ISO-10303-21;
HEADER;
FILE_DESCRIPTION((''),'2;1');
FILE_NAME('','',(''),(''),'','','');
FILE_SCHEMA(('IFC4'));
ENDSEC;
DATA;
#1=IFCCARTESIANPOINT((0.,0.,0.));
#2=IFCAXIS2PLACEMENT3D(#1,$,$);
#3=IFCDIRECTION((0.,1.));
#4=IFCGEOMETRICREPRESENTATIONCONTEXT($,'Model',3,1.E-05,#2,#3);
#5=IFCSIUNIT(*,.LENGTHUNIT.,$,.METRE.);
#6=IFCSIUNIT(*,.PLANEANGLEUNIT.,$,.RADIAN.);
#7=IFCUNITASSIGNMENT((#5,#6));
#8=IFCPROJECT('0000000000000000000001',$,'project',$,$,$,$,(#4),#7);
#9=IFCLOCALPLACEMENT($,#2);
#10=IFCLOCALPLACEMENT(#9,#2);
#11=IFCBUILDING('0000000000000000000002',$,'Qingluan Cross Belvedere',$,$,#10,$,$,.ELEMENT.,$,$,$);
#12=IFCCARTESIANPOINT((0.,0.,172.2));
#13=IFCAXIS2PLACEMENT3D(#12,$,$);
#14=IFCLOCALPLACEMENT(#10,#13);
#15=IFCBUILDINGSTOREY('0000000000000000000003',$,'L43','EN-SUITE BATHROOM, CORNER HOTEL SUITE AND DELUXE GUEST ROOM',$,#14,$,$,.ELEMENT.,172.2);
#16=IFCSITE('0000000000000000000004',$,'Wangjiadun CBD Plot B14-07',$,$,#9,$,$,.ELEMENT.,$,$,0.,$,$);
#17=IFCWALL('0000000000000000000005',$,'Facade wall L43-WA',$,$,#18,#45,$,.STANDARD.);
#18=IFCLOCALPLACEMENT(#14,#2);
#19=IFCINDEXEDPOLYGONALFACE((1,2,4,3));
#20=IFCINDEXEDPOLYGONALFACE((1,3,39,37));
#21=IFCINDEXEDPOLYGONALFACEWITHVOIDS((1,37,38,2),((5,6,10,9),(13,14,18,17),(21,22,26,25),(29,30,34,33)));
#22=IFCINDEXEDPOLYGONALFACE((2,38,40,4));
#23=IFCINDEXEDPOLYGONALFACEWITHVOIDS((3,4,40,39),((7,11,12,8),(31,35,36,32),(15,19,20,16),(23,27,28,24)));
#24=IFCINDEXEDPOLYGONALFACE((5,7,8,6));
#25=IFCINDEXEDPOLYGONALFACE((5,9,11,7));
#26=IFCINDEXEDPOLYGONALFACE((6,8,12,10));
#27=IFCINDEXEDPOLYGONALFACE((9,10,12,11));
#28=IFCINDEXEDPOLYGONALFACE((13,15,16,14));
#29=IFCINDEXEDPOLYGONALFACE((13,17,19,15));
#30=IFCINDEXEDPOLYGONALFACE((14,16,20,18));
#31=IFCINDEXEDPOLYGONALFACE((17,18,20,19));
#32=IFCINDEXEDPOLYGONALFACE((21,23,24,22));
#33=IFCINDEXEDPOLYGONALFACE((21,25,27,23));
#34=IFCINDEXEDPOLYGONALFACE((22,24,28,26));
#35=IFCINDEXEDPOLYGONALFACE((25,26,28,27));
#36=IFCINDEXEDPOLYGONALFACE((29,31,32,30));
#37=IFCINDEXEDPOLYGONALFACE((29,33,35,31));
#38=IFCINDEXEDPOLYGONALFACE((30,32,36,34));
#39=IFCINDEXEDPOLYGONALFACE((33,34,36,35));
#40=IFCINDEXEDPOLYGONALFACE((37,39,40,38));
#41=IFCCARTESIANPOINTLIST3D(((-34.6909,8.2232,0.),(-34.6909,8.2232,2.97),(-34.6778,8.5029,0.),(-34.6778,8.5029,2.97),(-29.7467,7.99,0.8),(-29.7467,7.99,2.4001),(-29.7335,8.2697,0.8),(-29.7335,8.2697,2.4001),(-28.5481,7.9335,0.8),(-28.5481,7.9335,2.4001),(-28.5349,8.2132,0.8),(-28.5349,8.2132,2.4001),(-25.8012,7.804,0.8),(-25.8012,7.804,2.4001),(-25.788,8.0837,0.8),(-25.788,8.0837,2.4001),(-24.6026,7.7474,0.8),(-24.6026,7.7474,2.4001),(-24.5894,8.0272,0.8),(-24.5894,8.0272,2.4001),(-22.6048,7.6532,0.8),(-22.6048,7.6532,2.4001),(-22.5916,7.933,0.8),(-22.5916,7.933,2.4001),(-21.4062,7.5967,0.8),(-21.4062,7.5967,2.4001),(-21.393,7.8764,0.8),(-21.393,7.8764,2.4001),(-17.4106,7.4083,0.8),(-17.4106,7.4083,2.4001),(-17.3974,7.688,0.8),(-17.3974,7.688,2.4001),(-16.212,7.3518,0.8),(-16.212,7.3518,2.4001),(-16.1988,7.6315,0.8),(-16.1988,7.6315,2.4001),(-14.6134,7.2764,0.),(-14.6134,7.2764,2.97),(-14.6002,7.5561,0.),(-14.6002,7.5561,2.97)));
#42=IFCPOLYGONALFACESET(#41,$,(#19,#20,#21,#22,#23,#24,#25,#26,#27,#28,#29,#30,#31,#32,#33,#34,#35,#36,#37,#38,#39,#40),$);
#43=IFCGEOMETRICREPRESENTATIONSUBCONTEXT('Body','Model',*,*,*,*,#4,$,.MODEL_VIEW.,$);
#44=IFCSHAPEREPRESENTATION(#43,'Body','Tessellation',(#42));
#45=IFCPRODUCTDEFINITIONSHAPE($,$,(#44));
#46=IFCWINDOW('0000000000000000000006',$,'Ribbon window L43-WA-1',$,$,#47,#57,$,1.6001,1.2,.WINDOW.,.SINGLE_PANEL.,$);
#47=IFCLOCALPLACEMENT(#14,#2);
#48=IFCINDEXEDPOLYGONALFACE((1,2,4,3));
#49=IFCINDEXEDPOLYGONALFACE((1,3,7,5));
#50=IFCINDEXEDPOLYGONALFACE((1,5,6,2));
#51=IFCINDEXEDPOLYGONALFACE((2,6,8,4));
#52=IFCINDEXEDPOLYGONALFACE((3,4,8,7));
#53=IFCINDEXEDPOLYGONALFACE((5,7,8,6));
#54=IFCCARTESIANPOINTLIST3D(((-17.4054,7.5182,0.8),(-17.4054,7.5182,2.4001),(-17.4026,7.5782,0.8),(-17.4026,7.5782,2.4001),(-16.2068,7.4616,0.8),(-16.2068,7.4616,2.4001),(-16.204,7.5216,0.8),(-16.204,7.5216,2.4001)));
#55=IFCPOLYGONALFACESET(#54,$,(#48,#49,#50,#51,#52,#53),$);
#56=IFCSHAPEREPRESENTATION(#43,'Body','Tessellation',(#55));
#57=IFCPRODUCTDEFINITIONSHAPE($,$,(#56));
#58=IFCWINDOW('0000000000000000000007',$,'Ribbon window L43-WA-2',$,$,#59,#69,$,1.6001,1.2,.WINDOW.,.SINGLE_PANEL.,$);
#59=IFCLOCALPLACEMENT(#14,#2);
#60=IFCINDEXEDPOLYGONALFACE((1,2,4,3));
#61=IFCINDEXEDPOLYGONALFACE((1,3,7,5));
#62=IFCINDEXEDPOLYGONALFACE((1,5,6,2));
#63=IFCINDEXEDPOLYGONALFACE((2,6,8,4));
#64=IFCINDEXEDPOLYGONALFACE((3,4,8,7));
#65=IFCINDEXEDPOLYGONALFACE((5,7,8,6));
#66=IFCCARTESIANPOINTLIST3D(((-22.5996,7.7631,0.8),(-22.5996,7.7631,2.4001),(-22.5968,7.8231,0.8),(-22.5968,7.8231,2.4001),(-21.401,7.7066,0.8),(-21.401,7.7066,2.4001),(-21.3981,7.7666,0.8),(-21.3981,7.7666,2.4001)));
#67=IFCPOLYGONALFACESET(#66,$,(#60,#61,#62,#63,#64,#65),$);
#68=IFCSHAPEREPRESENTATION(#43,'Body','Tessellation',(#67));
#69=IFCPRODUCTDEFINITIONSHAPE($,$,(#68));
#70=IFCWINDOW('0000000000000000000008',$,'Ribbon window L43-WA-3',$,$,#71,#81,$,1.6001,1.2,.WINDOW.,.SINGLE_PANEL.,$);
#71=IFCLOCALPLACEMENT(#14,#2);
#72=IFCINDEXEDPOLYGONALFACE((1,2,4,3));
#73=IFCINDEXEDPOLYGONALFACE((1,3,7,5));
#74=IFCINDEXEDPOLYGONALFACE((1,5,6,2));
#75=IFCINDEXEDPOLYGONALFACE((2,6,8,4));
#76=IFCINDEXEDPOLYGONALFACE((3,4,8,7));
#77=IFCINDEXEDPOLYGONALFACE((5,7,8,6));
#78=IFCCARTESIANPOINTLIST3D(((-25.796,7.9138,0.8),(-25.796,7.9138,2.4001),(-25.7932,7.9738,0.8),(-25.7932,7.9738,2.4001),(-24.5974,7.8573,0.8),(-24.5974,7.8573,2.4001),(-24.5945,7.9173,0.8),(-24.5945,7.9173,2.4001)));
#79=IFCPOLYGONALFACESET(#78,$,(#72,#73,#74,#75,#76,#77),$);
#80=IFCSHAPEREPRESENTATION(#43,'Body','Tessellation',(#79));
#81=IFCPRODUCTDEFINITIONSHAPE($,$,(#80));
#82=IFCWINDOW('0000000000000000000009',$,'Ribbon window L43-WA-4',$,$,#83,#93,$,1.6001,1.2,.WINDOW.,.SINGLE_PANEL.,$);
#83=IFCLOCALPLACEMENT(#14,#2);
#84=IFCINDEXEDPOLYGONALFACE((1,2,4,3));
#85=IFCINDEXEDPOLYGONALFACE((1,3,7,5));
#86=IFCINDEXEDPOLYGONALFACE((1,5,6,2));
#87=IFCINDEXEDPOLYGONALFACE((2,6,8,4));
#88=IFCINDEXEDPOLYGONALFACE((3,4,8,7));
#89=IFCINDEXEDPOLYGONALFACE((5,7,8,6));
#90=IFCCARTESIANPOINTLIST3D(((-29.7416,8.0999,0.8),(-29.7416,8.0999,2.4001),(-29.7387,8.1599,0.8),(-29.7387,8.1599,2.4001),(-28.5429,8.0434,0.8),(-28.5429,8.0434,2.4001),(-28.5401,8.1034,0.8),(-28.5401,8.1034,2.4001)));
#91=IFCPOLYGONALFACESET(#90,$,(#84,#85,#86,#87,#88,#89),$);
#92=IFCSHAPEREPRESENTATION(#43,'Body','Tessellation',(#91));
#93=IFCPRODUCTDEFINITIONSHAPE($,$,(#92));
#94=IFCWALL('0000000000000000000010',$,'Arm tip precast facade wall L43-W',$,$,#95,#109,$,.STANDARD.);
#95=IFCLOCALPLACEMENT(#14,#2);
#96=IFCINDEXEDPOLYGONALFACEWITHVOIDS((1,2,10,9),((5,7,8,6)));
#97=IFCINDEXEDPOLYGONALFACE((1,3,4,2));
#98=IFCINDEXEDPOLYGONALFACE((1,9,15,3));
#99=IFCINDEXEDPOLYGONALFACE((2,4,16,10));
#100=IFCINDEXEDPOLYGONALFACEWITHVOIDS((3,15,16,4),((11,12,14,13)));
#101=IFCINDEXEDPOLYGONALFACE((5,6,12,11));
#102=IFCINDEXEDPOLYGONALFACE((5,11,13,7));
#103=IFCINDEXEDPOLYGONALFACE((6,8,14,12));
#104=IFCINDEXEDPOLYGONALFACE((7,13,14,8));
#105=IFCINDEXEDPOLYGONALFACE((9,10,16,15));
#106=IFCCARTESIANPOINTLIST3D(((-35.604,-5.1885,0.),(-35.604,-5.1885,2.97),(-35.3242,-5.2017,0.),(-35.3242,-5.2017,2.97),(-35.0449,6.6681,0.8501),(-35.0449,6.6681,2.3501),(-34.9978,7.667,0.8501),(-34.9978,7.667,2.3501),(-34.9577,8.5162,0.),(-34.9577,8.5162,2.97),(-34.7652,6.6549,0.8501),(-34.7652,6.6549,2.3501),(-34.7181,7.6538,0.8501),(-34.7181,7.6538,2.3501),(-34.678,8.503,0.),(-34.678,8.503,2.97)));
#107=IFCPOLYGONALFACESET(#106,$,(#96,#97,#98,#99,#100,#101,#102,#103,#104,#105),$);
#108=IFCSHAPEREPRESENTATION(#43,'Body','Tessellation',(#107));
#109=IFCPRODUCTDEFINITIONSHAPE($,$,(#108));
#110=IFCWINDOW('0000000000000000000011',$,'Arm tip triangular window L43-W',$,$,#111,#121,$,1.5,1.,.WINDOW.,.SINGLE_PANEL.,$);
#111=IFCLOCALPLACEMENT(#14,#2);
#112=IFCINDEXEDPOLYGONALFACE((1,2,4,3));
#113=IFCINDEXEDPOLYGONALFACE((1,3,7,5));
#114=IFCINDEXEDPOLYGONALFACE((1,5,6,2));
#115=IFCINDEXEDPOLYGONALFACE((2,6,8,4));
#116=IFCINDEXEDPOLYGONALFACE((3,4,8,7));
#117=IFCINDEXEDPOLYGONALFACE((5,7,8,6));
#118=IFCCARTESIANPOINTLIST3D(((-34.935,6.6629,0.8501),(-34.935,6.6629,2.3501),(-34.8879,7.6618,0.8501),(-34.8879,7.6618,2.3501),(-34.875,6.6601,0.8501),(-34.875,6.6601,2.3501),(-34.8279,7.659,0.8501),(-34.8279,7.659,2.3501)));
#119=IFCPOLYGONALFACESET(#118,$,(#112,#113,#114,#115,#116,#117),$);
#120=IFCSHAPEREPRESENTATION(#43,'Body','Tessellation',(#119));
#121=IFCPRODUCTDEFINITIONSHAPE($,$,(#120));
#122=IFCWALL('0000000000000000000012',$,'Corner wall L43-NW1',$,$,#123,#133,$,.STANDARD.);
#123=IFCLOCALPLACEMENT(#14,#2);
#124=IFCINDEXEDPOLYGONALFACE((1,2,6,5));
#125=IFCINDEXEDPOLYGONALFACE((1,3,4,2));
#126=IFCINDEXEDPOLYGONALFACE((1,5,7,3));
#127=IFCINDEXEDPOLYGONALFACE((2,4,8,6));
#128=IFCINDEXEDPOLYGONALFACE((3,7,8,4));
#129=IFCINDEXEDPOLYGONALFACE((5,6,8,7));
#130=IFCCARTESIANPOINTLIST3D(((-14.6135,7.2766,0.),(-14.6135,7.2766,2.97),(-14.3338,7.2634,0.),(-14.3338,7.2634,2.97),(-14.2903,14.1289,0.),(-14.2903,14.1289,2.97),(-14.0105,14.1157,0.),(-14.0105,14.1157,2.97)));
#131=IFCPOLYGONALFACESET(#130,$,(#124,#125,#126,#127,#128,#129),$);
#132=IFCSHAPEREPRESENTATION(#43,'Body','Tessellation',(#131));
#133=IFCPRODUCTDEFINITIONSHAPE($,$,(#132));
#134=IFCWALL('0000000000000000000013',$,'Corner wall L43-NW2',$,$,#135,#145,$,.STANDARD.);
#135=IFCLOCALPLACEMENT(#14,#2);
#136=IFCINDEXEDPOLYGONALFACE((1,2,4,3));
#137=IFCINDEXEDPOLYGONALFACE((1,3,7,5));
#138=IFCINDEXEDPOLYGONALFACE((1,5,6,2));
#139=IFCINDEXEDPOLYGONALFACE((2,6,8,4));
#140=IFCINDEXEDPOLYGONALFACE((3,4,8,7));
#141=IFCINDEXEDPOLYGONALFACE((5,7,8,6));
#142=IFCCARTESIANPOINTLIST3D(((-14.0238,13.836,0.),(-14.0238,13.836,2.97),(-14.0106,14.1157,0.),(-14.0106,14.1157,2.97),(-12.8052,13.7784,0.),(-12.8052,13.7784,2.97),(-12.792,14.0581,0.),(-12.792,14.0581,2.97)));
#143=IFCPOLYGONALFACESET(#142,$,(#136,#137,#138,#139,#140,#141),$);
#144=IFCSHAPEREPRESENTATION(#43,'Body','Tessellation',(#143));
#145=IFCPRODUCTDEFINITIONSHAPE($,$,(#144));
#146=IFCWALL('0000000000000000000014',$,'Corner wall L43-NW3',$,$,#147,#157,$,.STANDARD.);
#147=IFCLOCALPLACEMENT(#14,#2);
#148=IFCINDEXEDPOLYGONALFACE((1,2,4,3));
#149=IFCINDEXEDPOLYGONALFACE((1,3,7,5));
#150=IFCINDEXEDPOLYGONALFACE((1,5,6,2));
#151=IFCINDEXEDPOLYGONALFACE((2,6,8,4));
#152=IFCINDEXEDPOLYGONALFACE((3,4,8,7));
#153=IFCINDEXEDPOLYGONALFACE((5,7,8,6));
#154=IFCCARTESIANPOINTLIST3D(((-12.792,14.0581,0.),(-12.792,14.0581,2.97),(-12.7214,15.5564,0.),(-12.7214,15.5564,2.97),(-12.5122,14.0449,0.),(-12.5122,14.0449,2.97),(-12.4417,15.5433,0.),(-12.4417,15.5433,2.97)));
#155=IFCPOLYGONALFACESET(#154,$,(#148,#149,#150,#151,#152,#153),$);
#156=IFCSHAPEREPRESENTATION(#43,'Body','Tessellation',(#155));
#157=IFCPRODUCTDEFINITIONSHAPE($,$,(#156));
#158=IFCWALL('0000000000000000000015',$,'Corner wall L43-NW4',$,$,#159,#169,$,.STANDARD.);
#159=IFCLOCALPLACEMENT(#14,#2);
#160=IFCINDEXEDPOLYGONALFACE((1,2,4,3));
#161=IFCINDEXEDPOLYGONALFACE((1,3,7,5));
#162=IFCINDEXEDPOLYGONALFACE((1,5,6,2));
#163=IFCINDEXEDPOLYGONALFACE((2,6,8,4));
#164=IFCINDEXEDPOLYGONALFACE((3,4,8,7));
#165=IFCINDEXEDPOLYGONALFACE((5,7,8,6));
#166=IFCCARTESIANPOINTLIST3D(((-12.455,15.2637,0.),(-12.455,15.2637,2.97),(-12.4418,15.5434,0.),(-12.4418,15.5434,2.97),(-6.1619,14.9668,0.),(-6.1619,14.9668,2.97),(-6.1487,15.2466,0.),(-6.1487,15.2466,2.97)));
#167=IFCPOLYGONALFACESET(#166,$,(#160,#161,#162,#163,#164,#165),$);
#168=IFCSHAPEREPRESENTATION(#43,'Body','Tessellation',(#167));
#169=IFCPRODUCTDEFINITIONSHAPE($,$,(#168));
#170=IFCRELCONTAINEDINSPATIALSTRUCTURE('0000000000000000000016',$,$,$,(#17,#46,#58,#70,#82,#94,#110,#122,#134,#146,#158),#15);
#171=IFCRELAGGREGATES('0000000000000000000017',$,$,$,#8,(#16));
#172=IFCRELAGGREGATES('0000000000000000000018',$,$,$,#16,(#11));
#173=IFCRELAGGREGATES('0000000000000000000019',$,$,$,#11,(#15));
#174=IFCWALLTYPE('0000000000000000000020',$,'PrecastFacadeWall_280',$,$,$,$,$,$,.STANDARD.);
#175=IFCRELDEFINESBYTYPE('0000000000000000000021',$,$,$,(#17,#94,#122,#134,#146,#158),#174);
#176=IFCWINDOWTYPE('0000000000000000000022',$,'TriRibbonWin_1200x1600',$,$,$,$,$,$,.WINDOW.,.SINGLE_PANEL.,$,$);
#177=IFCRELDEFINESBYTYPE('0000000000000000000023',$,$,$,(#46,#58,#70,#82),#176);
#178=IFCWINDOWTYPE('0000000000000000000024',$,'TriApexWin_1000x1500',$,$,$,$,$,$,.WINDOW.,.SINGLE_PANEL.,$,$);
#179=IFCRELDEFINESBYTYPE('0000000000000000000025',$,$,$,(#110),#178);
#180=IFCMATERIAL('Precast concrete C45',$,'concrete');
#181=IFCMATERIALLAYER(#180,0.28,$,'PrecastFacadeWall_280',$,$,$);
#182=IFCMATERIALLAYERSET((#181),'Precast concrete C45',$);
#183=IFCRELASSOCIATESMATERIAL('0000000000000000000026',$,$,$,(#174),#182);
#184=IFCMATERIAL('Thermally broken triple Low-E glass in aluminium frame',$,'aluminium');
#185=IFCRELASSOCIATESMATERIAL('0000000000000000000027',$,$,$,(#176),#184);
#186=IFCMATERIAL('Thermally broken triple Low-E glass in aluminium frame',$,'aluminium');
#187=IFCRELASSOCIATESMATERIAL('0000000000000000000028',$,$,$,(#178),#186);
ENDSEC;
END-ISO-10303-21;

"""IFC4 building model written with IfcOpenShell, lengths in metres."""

from ifc_helpers import new_model, si_unit, direction, frame, frame_2d, origin, place, context, subcontext, project, spatial, rectangle, extrude, material, layer, layer_set, type_object, element, fill, save


model = new_model("IFC4")

# Units and contexts
model_context = context("Model", 3, precision=1e-05, world=origin(), true_north=direction((0.0, 1.0)))
body_context = subcontext(model_context, "Body", "Model", "MODEL_VIEW")
ifc_project = project(units=[si_unit("LENGTHUNIT", "METRE"), si_unit("PLANEANGLEUNIT", "RADIAN")], contexts=[model_context])

# Site, building, storey
site_placement = place(None, origin())
site = spatial("IfcSite", under=ifc_project, at=site_placement, Name="Wangjiadun CBD Plot B14-07", CompositionType="ELEMENT", RefElevation=0.0)
building_placement = place(site_placement, origin())
building = spatial("IfcBuilding", under=site, at=building_placement, Name="Qingluan Cross Belvedere", CompositionType="ELEMENT")
storey_placement = place(building_placement, frame((0.0, 0.0, 172.2)))
storey = spatial("IfcBuildingStorey", under=building, at=storey_placement, Name="L43", Description="EN-SUITE BATHROOM, CORNER HOTEL SUITE AND DELUXE GUEST ROOM", CompositionType="ELEMENT", Elevation=172.2)

# Wall, openings, windows
ifc_material_1 = material(Name="Precast concrete C45", Category="concrete")
ifc_layer_1 = layer(ifc_material_1, 0.28, Name="PrecastFacadeWall_280")
ifc_layer_set_1 = layer_set([ifc_layer_1], Name="Precast concrete C45")
wall_type_1 = type_object("IfcWallType", Name="PrecastFacadeWall_280", PredefinedType="STANDARD", material=ifc_layer_set_1)
wall_1_placement = place(storey_placement, frame((-14.6069, 7.4163, 0.0), z_axis=(0.0, 0.0, 1.0), x_axis=(-0.99889, 0.047103, 0.0)))
wall_1 = element("IfcWall", 1, at=wall_1_placement, inside=storey, type_object=wall_type_1, Name="Facade wall L43-WA", PredefinedType="STANDARD", context=body_context, shape_type="SweptSolid", body=[
    extrude(rectangle(XDim=20.0999, YDim=0.28, at=frame_2d((10.0498, 0.0))), origin(), (0.0, 0.0, 1.0), 2.97),
])
opening_1_placement = place(wall_1_placement, frame((1.6001, 0.0, 0.8)))
opening_1 = element("IfcOpeningElement", 2, at=opening_1_placement, cuts=wall_1, PredefinedType="OPENING", context=body_context, shape_type="SweptSolid", body=[
    extrude(rectangle(XDim=1.2, YDim=1.6001, at=frame_2d((0.6001, 0.8))), frame((0.0, 0.1499, 0.0), z_axis=(0.0, -1.0, 0.0), x_axis=(1.0, 0.0, 0.0)), (0.0, 0.0, 1.0), 0.3),
])
opening_2_placement = place(wall_1_placement, frame((6.8, 0.0, 0.8)))
opening_2 = element("IfcOpeningElement", 3, at=opening_2_placement, cuts=wall_1, PredefinedType="OPENING", context=body_context, shape_type="SweptSolid", body=[
    extrude(rectangle(XDim=1.2, YDim=1.6001, at=frame_2d((0.6001, 0.8))), frame((0.0, 0.1499, 0.0), z_axis=(0.0, -1.0, 0.0), x_axis=(1.0, 0.0, 0.0)), (0.0, 0.0, 1.0), 0.3),
])
opening_3_placement = place(wall_1_placement, frame((10.0, 0.0, 0.8)))
opening_3 = element("IfcOpeningElement", 4, at=opening_3_placement, cuts=wall_1, PredefinedType="OPENING", context=body_context, shape_type="SweptSolid", body=[
    extrude(rectangle(XDim=1.2, YDim=1.6001, at=frame_2d((0.6001, 0.8))), frame((0.0, 0.1499, 0.0), z_axis=(0.0, -1.0, 0.0), x_axis=(1.0, 0.0, 0.0)), (0.0, 0.0, 1.0), 0.3),
])
opening_4_placement = place(wall_1_placement, frame((13.95, 0.0, 0.8)))
opening_4 = element("IfcOpeningElement", 5, at=opening_4_placement, cuts=wall_1, PredefinedType="OPENING", context=body_context, shape_type="SweptSolid", body=[
    extrude(rectangle(XDim=1.2, YDim=1.6001, at=frame_2d((0.6001, 0.8))), frame((0.0, 0.1499, 0.0), z_axis=(0.0, -1.0, 0.0), x_axis=(1.0, 0.0, 0.0)), (0.0, 0.0, 1.0), 0.3),
])
ifc_material_2 = material(Name="Thermally broken triple Low-E glass in aluminium frame", Category="aluminium")
window_type_1 = type_object("IfcWindowType", Name="TriRibbonWin_1200x1600", PartitioningType="SINGLE_PANEL", PredefinedType="WINDOW", material=ifc_material_2)
window_1_placement = place(opening_1_placement, origin())
window_1 = element("IfcWindow", 6, at=window_1_placement, inside=storey, type_object=window_type_1, Name="Ribbon window L43-WA-1", OverallHeight=1.6001, OverallWidth=1.2, PartitioningType="SINGLE_PANEL", PredefinedType="WINDOW", context=body_context, shape_type="SweptSolid", body=[
    extrude(rectangle(XDim=1.2, YDim=1.6001, at=frame_2d((0.6001, 0.8))), frame((0.0, 0.03, 0.0), z_axis=(0.0, -1.0, 0.0), x_axis=(1.0, 0.0, 0.0)), (0.0, 0.0, 1.0), 0.0601),
])
fill(opening_1, window_1)
window_2_placement = place(opening_2_placement, origin())
window_2 = element("IfcWindow", 7, at=window_2_placement, inside=storey, type_object=window_type_1, Name="Ribbon window L43-WA-2", OverallHeight=1.6001, OverallWidth=1.2, PartitioningType="SINGLE_PANEL", PredefinedType="WINDOW", context=body_context, shape_type="SweptSolid", body=[
    extrude(rectangle(XDim=1.2, YDim=1.6001, at=frame_2d((0.6001, 0.8))), frame((0.0, 0.03, 0.0), z_axis=(0.0, -1.0, 0.0), x_axis=(1.0, 0.0, 0.0)), (0.0, 0.0, 1.0), 0.0601),
])
fill(opening_2, window_2)
window_3_placement = place(opening_3_placement, origin())
window_3 = element("IfcWindow", 8, at=window_3_placement, inside=storey, type_object=window_type_1, Name="Ribbon window L43-WA-3", OverallHeight=1.6001, OverallWidth=1.2, PartitioningType="SINGLE_PANEL", PredefinedType="WINDOW", context=body_context, shape_type="SweptSolid", body=[
    extrude(rectangle(XDim=1.2, YDim=1.6001, at=frame_2d((0.6001, 0.8))), frame((0.0, 0.03, 0.0), z_axis=(0.0, -1.0, 0.0), x_axis=(1.0, 0.0, 0.0)), (0.0, 0.0, 1.0), 0.0601),
])
fill(opening_3, window_3)
window_4_placement = place(opening_4_placement, origin())
window_4 = element("IfcWindow", 9, at=window_4_placement, inside=storey, type_object=window_type_1, Name="Ribbon window L43-WA-4", OverallHeight=1.6001, OverallWidth=1.2, PartitioningType="SINGLE_PANEL", PredefinedType="WINDOW", context=body_context, shape_type="SweptSolid", body=[
    extrude(rectangle(XDim=1.2, YDim=1.6001, at=frame_2d((0.6001, 0.8))), frame((0.0, 0.03, 0.0), z_axis=(0.0, -1.0, 0.0), x_axis=(1.0, 0.0, 0.0)), (0.0, 0.0, 1.0), 0.0601),
])
fill(opening_4, window_4)

# Wall, opening, window
wall_2_placement = place(storey_placement, frame((-34.8179, 8.5095, 0.0), z_axis=(0.0, 0.0, 1.0), x_axis=(-0.047102, -0.99889, 0.0)))
wall_2 = element("IfcWall", 10, at=wall_2_placement, inside=storey, type_object=wall_type_1, Name="Arm tip precast facade wall L43-W", PredefinedType="STANDARD", context=body_context, shape_type="SweptSolid", body=[
    extrude(rectangle(XDim=13.72, YDim=0.28, at=frame_2d((6.8599, 0.0))), origin(), (0.0, 0.0, 1.0), 2.97),
])
opening_5_placement = place(wall_2_placement, frame((0.8501, 0.0, 0.8501)))
opening_5 = element("IfcOpeningElement", 11, at=opening_5_placement, cuts=wall_2, PredefinedType="OPENING", context=body_context, shape_type="SweptSolid", body=[
    extrude(rectangle(XDim=1.0, YDim=1.5, at=frame_2d((0.5, 0.75))), frame((0.0, 0.1499, 0.0), z_axis=(0.0, -1.0, 0.0), x_axis=(1.0, 0.0, 0.0)), (0.0, 0.0, 1.0), 0.3),
])
ifc_material_3 = material(Name="Thermally broken triple Low-E glass in aluminium frame", Category="aluminium")
window_type_2 = type_object("IfcWindowType", Name="TriApexWin_1000x1500", PartitioningType="SINGLE_PANEL", PredefinedType="WINDOW", material=ifc_material_3)
window_5_placement = place(opening_5_placement, origin())
window_5 = element("IfcWindow", 12, at=window_5_placement, inside=storey, type_object=window_type_2, Name="Arm tip triangular window L43-W", OverallHeight=1.5, OverallWidth=1.0, PartitioningType="SINGLE_PANEL", PredefinedType="WINDOW", context=body_context, shape_type="SweptSolid", body=[
    extrude(rectangle(XDim=1.0, YDim=1.5, at=frame_2d((0.5, 0.75))), frame((0.0, 0.03, 0.0), z_axis=(0.0, -1.0, 0.0), x_axis=(1.0, 0.0, 0.0)), (0.0, 0.0, 1.0), 0.0601),
])
fill(opening_5, window_5)

# Walls
wall_3_placement = place(storey_placement, frame((-14.4736, 7.27, 0.0), z_axis=(0.0, 0.0, 1.0), x_axis=(0.04712, 0.998889, 0.0)))
element("IfcWall", 13, at=wall_3_placement, inside=storey, type_object=wall_type_1, Name="Corner wall L43-NW1", PredefinedType="STANDARD", context=body_context, shape_type="SweptSolid", body=[
    extrude(rectangle(XDim=6.8599, YDim=0.28, at=frame_2d((3.4299, 0.0))), origin(), (0.0, 0.0, 1.0), 2.97),
])
wall_4_placement = place(storey_placement, frame((-14.0171, 13.9758, 0.0), z_axis=(0.0, 0.0, 1.0), x_axis=(0.998884, -0.047232, 0.0)))
element("IfcWall", 14, at=wall_4_placement, inside=storey, type_object=wall_type_1, Name="Corner wall L43-NW2", PredefinedType="STANDARD", context=body_context, shape_type="SweptSolid", body=[
    extrude(rectangle(XDim=1.22, YDim=0.28, at=frame_2d((0.6099, 0.0))), origin(), (0.0, 0.0, 1.0), 2.97),
])
wall_5_placement = place(storey_placement, frame((-12.6521, 14.0515, 0.0), z_axis=(0.0, 0.0, 1.0), x_axis=(0.047039, 0.998893, 0.0)))
element("IfcWall", 15, at=wall_5_placement, inside=storey, type_object=wall_type_1, Name="Corner wall L43-NW3", PredefinedType="STANDARD", context=body_context, shape_type="SweptSolid", body=[
    extrude(rectangle(XDim=1.5, YDim=0.28, at=frame_2d((0.75, 0.0))), origin(), (0.0, 0.0, 1.0), 2.97),
])
wall_6_placement = place(storey_placement, frame((-12.4482, 15.4036, 0.0), z_axis=(0.0, 0.0, 1.0), x_axis=(0.998889, -0.047123, 0.0)))
element("IfcWall", 16, at=wall_6_placement, inside=storey, type_object=wall_type_1, Name="Corner wall L43-NW4", PredefinedType="STANDARD", context=body_context, shape_type="SweptSolid", body=[
    extrude(rectangle(XDim=6.3, YDim=0.28, at=frame_2d((3.1499, 0.0))), origin(), (0.0, 0.0, 1.0), 2.97),
])

save(model, "model.ifc")
